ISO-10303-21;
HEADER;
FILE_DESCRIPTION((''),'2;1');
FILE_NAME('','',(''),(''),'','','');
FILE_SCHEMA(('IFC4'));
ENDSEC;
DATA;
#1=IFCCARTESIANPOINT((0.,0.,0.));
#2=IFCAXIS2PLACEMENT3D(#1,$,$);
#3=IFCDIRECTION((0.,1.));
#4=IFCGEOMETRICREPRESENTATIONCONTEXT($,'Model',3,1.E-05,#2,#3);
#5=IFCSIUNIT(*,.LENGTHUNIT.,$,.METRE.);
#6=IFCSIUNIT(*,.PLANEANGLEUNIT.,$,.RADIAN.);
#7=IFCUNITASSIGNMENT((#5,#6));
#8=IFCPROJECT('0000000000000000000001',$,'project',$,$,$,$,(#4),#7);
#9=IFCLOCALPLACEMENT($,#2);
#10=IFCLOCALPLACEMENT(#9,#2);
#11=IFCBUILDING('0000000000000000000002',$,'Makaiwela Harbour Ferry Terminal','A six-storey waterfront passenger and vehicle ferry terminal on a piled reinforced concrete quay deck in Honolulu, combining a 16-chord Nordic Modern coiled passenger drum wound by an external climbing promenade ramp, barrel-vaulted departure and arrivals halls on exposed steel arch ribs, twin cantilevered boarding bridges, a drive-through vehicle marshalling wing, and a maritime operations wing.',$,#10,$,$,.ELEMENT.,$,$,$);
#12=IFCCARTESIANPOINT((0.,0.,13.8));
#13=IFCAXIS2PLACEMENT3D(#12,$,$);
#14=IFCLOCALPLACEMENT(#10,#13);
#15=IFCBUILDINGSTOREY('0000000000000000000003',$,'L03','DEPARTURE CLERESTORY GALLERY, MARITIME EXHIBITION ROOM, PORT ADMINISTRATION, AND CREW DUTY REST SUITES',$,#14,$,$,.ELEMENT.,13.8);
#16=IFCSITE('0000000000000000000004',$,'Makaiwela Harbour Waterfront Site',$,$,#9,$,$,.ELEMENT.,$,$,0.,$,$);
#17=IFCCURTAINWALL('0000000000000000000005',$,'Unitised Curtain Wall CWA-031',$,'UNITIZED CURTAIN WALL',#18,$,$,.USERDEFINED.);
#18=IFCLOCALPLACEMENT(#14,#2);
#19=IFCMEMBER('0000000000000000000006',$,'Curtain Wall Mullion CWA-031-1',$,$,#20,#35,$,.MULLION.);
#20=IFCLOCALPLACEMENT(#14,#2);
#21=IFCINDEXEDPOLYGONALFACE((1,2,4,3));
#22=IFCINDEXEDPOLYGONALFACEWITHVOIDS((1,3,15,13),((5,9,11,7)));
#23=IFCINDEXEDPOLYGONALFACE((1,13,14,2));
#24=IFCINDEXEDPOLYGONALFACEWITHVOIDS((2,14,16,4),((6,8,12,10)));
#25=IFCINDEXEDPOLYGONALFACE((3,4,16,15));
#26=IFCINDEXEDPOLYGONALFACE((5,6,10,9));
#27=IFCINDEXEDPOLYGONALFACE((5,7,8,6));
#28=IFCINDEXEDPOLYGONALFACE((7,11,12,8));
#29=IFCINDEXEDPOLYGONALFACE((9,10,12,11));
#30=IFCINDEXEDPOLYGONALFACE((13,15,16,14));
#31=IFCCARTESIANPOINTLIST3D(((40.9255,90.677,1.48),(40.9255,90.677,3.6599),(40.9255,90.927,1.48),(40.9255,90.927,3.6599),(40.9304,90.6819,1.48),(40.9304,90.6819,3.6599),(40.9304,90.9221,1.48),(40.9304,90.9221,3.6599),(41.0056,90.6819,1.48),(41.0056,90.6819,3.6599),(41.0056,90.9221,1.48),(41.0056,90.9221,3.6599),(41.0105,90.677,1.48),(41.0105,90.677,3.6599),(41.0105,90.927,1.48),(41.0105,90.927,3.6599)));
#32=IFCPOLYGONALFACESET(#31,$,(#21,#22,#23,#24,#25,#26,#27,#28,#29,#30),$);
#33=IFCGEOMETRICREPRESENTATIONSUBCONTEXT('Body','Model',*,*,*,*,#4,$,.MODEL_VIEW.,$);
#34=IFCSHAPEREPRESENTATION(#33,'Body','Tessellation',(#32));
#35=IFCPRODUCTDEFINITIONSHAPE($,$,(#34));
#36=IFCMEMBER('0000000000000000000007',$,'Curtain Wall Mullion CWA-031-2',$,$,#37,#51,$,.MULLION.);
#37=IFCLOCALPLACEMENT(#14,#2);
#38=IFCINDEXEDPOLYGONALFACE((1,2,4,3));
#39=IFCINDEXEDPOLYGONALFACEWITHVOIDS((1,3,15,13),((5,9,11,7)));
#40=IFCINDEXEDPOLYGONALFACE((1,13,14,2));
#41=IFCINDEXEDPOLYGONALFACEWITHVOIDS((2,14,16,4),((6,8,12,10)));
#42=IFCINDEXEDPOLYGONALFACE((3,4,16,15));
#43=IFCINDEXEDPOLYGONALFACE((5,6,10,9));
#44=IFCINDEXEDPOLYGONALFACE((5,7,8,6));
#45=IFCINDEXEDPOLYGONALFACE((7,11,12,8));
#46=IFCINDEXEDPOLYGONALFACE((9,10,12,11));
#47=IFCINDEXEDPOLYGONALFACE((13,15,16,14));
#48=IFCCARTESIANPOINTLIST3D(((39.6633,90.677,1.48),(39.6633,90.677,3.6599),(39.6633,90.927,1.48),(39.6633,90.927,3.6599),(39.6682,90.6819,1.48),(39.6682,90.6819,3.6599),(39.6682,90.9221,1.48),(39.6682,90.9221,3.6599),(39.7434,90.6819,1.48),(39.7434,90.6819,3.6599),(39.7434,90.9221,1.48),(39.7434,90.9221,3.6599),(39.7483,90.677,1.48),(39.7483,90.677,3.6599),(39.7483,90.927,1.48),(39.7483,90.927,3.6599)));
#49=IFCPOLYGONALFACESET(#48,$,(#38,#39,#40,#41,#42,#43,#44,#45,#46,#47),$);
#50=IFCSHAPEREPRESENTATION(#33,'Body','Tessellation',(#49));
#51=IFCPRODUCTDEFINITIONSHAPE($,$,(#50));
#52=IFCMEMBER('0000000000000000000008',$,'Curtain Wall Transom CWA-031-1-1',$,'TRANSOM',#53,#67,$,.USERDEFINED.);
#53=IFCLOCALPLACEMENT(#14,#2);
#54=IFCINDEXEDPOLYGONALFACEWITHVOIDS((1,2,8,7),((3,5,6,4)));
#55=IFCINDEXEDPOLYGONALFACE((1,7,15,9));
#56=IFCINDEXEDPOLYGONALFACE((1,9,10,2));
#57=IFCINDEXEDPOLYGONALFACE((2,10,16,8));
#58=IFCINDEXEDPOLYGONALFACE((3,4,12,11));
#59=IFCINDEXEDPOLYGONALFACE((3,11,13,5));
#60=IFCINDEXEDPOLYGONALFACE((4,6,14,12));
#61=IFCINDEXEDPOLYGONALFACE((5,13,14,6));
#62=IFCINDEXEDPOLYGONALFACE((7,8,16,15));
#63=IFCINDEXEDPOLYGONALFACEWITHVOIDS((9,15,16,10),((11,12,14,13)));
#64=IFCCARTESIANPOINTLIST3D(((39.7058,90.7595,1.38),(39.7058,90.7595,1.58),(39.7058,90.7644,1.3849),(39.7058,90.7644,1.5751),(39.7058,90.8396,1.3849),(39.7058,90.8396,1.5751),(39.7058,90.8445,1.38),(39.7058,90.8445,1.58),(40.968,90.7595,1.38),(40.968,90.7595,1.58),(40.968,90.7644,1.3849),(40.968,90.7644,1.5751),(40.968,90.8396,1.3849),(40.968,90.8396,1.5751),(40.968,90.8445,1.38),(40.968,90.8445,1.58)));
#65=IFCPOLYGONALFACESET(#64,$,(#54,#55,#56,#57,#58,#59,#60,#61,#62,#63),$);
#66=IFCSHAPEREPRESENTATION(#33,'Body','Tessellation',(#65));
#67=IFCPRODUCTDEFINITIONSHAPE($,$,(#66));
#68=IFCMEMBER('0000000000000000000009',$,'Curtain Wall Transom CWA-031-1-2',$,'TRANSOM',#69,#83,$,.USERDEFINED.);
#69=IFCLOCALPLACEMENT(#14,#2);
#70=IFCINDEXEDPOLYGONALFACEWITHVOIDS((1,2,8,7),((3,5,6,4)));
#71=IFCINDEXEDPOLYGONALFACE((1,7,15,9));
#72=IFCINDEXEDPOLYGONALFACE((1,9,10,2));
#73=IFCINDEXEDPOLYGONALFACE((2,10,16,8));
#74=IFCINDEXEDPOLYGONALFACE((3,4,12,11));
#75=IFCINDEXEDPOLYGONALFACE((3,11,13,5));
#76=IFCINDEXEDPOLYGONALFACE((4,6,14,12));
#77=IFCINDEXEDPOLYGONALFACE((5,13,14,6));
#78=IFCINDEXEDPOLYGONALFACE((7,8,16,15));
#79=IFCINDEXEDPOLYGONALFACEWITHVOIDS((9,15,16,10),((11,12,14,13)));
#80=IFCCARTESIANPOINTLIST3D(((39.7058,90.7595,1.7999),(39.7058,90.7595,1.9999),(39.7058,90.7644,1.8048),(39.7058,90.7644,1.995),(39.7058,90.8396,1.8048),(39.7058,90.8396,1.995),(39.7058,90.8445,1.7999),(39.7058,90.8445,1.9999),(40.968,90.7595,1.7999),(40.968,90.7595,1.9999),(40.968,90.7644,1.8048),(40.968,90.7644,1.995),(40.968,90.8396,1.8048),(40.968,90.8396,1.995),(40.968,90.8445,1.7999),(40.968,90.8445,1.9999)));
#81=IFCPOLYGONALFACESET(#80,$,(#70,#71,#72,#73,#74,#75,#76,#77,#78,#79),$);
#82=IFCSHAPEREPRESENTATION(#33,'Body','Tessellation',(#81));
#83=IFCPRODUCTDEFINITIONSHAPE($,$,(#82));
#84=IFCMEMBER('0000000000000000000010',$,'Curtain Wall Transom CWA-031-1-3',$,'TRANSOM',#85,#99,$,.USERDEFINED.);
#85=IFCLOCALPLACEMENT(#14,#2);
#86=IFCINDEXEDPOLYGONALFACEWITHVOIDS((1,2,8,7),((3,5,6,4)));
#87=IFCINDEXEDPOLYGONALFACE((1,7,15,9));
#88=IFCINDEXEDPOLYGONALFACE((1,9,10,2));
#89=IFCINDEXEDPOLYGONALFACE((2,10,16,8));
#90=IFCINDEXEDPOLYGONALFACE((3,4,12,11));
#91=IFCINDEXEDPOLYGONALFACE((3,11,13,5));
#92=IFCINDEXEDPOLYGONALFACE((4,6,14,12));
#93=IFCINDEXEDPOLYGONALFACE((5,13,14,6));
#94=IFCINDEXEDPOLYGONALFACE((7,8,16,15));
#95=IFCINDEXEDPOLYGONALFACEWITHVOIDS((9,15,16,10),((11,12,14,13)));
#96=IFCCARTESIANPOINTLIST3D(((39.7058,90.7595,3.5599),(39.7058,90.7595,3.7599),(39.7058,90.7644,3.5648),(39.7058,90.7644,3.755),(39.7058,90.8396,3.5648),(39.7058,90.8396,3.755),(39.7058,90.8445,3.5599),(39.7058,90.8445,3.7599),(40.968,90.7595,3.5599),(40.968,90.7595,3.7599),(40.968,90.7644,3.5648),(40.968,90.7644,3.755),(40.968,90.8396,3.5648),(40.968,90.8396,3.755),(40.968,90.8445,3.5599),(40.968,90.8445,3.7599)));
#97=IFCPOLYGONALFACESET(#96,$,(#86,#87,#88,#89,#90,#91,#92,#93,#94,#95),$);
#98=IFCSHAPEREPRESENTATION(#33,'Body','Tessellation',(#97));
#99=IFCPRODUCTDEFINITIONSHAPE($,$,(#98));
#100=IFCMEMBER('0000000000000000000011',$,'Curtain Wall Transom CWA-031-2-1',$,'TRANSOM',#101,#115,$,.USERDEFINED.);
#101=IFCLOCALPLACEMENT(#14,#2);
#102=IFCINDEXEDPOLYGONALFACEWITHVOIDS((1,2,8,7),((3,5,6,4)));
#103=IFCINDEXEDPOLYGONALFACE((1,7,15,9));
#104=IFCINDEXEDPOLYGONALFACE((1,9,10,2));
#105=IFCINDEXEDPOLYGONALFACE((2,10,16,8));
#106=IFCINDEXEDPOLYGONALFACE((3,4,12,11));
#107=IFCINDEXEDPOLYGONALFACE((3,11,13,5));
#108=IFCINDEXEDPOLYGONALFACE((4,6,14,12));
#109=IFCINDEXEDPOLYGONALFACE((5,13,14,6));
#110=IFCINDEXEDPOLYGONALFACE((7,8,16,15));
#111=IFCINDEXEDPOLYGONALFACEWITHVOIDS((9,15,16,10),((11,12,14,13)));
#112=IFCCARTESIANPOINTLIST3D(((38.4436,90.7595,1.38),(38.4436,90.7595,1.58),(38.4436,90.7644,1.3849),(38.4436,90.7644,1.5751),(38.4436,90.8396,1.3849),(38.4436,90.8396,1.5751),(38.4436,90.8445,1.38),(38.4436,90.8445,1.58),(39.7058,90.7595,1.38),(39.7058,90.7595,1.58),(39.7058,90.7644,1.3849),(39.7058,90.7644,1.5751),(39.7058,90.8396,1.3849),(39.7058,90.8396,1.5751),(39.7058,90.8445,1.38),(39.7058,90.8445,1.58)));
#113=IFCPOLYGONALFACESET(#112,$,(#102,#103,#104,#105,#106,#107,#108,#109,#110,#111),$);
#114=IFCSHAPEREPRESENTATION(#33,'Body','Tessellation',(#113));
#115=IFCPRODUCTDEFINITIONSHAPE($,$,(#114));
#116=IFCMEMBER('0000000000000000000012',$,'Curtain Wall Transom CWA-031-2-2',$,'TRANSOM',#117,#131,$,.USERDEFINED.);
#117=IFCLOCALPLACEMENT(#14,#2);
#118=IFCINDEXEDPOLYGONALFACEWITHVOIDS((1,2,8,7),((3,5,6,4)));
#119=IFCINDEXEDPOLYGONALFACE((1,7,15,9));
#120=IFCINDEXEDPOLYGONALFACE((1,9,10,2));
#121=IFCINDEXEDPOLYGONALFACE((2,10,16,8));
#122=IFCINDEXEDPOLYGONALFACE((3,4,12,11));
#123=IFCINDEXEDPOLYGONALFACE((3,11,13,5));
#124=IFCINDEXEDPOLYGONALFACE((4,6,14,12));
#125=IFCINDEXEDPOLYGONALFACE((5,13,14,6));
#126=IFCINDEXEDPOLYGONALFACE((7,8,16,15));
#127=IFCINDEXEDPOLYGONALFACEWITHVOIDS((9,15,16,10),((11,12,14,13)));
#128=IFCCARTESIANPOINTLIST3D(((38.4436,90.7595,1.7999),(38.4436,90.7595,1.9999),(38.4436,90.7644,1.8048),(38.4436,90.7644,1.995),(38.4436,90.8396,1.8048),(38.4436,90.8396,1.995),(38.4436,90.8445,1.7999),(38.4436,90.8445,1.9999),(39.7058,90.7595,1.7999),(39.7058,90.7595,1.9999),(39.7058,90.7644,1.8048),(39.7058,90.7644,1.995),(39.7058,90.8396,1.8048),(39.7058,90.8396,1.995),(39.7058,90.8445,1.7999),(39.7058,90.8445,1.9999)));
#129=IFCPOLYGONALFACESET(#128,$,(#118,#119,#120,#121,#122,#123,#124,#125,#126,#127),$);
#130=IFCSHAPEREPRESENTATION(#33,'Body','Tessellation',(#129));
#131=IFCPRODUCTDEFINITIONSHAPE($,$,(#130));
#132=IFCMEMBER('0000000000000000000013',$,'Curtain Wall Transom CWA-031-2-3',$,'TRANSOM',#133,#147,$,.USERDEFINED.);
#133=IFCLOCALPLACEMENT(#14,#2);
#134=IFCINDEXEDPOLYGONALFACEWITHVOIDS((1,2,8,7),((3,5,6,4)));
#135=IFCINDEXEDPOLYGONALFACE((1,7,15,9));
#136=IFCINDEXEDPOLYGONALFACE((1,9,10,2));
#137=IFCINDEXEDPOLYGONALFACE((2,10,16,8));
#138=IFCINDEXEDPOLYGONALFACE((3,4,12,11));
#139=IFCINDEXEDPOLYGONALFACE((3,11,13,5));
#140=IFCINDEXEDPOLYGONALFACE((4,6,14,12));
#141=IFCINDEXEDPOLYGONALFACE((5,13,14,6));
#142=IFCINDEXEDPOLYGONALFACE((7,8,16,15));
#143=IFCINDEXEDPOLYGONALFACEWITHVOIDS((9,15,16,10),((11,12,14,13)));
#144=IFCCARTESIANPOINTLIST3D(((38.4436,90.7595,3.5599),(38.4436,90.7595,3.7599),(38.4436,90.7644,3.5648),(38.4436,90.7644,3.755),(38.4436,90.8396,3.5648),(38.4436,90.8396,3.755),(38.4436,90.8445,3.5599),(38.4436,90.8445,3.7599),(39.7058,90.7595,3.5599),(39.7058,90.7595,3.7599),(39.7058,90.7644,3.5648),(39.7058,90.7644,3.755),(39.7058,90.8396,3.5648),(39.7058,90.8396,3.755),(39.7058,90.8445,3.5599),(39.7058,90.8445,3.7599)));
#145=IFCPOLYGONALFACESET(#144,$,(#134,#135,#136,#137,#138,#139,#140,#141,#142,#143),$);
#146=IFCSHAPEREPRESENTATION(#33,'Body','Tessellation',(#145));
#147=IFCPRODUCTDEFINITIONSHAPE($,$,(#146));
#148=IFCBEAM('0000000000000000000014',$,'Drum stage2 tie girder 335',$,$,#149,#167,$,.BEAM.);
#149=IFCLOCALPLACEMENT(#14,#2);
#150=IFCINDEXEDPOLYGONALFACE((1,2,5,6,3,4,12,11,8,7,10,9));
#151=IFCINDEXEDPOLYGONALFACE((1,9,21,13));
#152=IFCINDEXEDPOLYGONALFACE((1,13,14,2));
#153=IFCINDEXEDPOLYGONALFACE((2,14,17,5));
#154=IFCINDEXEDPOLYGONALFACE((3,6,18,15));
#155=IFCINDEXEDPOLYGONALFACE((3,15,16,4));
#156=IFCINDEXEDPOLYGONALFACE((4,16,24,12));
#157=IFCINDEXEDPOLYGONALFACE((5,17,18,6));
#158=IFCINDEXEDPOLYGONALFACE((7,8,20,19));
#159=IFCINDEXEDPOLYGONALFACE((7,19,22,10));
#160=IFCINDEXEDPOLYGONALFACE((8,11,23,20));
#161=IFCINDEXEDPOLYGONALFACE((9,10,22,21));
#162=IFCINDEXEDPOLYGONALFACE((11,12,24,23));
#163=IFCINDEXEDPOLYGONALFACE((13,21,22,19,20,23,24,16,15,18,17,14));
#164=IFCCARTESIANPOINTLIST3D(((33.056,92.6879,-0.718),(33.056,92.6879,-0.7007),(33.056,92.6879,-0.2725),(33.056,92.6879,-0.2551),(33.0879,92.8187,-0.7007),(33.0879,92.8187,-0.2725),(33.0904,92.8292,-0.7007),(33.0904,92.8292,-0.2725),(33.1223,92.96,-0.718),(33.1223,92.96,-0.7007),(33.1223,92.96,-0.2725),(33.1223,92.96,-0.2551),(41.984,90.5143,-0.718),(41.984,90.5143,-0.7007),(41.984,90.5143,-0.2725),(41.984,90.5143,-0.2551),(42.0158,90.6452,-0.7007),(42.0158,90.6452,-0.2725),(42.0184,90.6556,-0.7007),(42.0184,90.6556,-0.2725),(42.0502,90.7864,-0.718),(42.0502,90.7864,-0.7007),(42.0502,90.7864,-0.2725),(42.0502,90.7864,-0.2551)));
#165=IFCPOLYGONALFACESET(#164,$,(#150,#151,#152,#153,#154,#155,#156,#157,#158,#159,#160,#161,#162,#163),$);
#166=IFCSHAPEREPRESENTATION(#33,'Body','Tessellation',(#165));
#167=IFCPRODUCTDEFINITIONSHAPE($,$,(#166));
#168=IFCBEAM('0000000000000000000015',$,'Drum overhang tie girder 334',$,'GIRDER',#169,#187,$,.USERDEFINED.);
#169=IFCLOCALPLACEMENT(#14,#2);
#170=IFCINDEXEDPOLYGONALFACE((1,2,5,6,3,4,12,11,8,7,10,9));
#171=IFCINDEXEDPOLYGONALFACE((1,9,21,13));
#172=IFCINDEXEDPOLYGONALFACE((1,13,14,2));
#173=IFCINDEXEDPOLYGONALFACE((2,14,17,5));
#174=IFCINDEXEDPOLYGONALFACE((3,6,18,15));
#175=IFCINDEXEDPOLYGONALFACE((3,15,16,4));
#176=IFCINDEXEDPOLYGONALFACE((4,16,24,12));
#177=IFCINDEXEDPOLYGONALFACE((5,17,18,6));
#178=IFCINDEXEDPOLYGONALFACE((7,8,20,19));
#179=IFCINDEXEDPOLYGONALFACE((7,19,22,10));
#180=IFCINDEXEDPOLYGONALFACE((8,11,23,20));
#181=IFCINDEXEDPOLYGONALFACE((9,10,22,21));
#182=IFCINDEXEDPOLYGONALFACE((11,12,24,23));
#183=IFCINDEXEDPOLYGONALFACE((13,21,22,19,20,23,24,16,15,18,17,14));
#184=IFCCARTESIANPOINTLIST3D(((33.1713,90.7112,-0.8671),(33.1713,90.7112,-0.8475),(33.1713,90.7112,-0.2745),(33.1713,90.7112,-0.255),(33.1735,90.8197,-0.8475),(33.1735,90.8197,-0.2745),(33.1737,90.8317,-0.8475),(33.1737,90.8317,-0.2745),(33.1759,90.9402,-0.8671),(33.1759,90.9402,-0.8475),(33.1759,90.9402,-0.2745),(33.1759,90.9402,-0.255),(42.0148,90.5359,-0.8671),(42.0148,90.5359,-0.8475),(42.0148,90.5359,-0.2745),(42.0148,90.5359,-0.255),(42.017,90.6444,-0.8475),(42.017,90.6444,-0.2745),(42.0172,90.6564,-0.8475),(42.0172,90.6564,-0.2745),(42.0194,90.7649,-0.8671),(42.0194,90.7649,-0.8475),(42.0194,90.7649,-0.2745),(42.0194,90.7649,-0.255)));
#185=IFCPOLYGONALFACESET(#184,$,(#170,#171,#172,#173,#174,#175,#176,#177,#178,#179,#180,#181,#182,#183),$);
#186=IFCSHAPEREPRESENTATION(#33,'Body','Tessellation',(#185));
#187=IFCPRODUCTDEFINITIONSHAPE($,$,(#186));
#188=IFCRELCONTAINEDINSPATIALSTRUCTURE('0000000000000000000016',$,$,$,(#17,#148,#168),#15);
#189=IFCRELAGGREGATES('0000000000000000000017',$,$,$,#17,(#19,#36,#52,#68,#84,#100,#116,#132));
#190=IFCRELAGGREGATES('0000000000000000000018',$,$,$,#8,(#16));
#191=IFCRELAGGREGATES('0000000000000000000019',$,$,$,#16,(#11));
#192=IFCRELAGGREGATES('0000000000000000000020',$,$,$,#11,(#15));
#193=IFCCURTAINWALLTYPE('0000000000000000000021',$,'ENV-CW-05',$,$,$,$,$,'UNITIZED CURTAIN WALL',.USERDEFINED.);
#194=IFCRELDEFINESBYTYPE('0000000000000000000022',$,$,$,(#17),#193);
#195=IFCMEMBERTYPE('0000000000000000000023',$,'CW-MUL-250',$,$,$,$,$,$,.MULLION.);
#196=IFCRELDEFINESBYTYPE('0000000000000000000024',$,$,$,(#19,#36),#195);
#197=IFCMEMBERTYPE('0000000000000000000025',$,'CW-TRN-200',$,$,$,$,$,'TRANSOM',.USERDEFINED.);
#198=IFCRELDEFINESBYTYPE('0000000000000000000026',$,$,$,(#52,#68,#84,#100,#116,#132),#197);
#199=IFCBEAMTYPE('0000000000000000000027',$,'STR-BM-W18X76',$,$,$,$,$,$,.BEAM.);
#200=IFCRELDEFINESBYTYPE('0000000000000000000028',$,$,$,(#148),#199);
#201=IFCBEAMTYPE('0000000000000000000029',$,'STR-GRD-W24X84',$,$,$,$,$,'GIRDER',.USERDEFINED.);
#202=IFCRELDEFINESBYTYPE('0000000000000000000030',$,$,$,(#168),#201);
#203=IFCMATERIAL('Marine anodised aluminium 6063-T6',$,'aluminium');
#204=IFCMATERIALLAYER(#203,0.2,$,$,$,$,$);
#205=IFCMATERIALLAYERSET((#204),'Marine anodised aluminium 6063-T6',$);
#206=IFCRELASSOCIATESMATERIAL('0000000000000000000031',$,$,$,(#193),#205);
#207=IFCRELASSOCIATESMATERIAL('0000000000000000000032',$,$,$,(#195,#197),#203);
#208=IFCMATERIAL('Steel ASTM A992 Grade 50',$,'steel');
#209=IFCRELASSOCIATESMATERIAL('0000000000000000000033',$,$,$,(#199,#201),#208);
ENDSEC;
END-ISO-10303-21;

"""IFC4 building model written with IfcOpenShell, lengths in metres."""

from ifc_helpers import new_model, si_unit, direction, frame, origin, origin_2d, place, context, subcontext, project, spatial, hollow_rectangle, i_section, extrude, material, layer, layer_set, material_profile, profile_set, type_object, element, aggregate, save


model = new_model("IFC4")

# Units and contexts
model_context = context("Model", 3, precision=1e-05, world=origin(), true_north=direction((0.0, 1.0)))
body_context = subcontext(model_context, "Body", "Model", "MODEL_VIEW")
ifc_project = project(units=[si_unit("LENGTHUNIT", "METRE"), si_unit("PLANEANGLEUNIT", "RADIAN")], contexts=[model_context])

# Site, building, storey
site_placement = place(None, origin())
site = spatial("IfcSite", under=ifc_project, at=site_placement, Name="Makaiwela Harbour Waterfront Site", CompositionType="ELEMENT", RefElevation=0.0)
building_placement = place(site_placement, origin())
building = spatial("IfcBuilding", under=site, at=building_placement, Name="Makaiwela Harbour Ferry Terminal", Description="A six-storey waterfront passenger and vehicle ferry terminal on a piled reinforced concrete quay deck in Honolulu, combining a 16-chord Nordic Modern coiled passenger drum wound by an external climbing promenade ramp, barrel-vaulted departure and arrivals halls on exposed steel arch ribs, twin cantilevered boarding bridges, a drive-through vehicle marshalling wing, and a maritime operations wing.", CompositionType="ELEMENT")
storey_placement = place(building_placement, frame((0.0, 0.0, 13.8)))
storey = spatial("IfcBuildingStorey", under=building, at=storey_placement, Name="L03", Description="DEPARTURE CLERESTORY GALLERY, MARITIME EXHIBITION ROOM, PORT ADMINISTRATION, AND CREW DUTY REST SUITES", CompositionType="ELEMENT", Elevation=13.8)

# Curtain wall, members
ifc_material_1 = material(Name="Marine anodised aluminium 6063-T6", Category="aluminium")
ifc_layer_1 = layer(ifc_material_1, 0.2)
ifc_layer_set_1 = layer_set([ifc_layer_1], Name="Marine anodised aluminium 6063-T6")
curtain_wall_type = type_object("IfcCurtainWallType", Name="ENV-CW-05", ElementType="UNITIZED CURTAIN WALL", PredefinedType="USERDEFINED", material=ifc_layer_set_1)
curtain_wall_placement = place(storey_placement, origin())
curtain_wall = element("IfcCurtainWall", 1, at=curtain_wall_placement, inside=storey, type_object=curtain_wall_type, Name="Unitised Curtain Wall CWA-031", ObjectType="UNITIZED CURTAIN WALL", PredefinedType="USERDEFINED")
ifc_material_profile_1 = material_profile(ifc_material_1, hollow_rectangle(XDim=0.085, YDim=0.25, WallThickness=0.0049, at=origin_2d()), Name="CWM-250X85")
ifc_profile_set_1 = profile_set([ifc_material_profile_1], Name="Marine anodised aluminium 6063-T6")
member_type_1 = type_object("IfcMemberType", Name="CW-MUL-250", PredefinedType="MULLION", material=ifc_profile_set_1)
member_1_placement = place(storey_placement, frame((40.968, 90.802, 1.48), z_axis=(0.0, 0.0, 1.0), x_axis=(1.0, 0.0, 0.0)))
member_1 = element("IfcMember", 2, at=member_1_placement, type_object=member_type_1, Name="Curtain Wall Mullion CWA-031-1", PredefinedType="MULLION", context=body_context, shape_type="SweptSolid", body=[
    extrude(hollow_rectangle(XDim=0.085, YDim=0.25, WallThickness=0.0049, at=origin_2d()), origin(), (0.0, 0.0, 1.0), 2.1799),
])
member_2_placement = place(storey_placement, frame((39.7058, 90.802, 1.48), z_axis=(0.0, 0.0, 1.0), x_axis=(1.0, 0.0, 0.0)))
member_2 = element("IfcMember", 3, at=member_2_placement, type_object=member_type_1, Name="Curtain Wall Mullion CWA-031-2", PredefinedType="MULLION", context=body_context, shape_type="SweptSolid", body=[
    extrude(hollow_rectangle(XDim=0.085, YDim=0.25, WallThickness=0.0049, at=origin_2d()), origin(), (0.0, 0.0, 1.0), 2.1799),
])
ifc_material_profile_2 = material_profile(ifc_material_1, hollow_rectangle(XDim=0.085, YDim=0.2, WallThickness=0.0049, at=origin_2d()), Name="CWT-200X85")
ifc_profile_set_2 = profile_set([ifc_material_profile_2], Name="Marine anodised aluminium 6063-T6")
member_type_2 = type_object("IfcMemberType", Name="CW-TRN-200", ElementType="TRANSOM", PredefinedType="USERDEFINED", material=ifc_profile_set_2)
member_3_placement = place(storey_placement, frame((40.968, 90.802, 1.48), z_axis=(-1.0, 0.0, 0.0), x_axis=(0.0, -1.0, 0.0)))
member_3 = element("IfcMember", 4, at=member_3_placement, type_object=member_type_2, Name="Curtain Wall Transom CWA-031-1-1", ObjectType="TRANSOM", PredefinedType="USERDEFINED", context=body_context, shape_type="SweptSolid", body=[
    extrude(hollow_rectangle(XDim=0.085, YDim=0.2, WallThickness=0.0049, at=origin_2d()), origin(), (0.0, 0.0, 1.0), 1.2622),
])
member_4_placement = place(storey_placement, frame((40.968, 90.802, 1.8999), z_axis=(-1.0, 0.0, 0.0), x_axis=(0.0, -1.0, 0.0)))
member_4 = element("IfcMember", 5, at=member_4_placement, type_object=member_type_2, Name="Curtain Wall Transom CWA-031-1-2", ObjectType="TRANSOM", PredefinedType="USERDEFINED", context=body_context, shape_type="SweptSolid", body=[
    extrude(hollow_rectangle(XDim=0.085, YDim=0.2, WallThickness=0.0049, at=origin_2d()), origin(), (0.0, 0.0, 1.0), 1.2622),
])
member_5_placement = place(storey_placement, frame((40.968, 90.802, 3.6599), z_axis=(-1.0, 0.0, 0.0), x_axis=(0.0, -1.0, 0.0)))
member_5 = element("IfcMember", 6, at=member_5_placement, type_object=member_type_2, Name="Curtain Wall Transom CWA-031-1-3", ObjectType="TRANSOM", PredefinedType="USERDEFINED", context=body_context, shape_type="SweptSolid", body=[
    extrude(hollow_rectangle(XDim=0.085, YDim=0.2, WallThickness=0.0049, at=origin_2d()), origin(), (0.0, 0.0, 1.0), 1.2622),
])
member_6_placement = place(storey_placement, frame((39.7058, 90.802, 1.48), z_axis=(-1.0, 0.0, 0.0), x_axis=(0.0, -1.0, 0.0)))
member_6 = element("IfcMember", 7, at=member_6_placement, type_object=member_type_2, Name="Curtain Wall Transom CWA-031-2-1", ObjectType="TRANSOM", PredefinedType="USERDEFINED", context=body_context, shape_type="SweptSolid", body=[
    extrude(hollow_rectangle(XDim=0.085, YDim=0.2, WallThickness=0.0049, at=origin_2d()), origin(), (0.0, 0.0, 1.0), 1.2622),
])
member_7_placement = place(storey_placement, frame((39.7058, 90.802, 1.8999), z_axis=(-1.0, 0.0, 0.0), x_axis=(0.0, -1.0, 0.0)))
member_7 = element("IfcMember", 8, at=member_7_placement, type_object=member_type_2, Name="Curtain Wall Transom CWA-031-2-2", ObjectType="TRANSOM", PredefinedType="USERDEFINED", context=body_context, shape_type="SweptSolid", body=[
    extrude(hollow_rectangle(XDim=0.085, YDim=0.2, WallThickness=0.0049, at=origin_2d()), origin(), (0.0, 0.0, 1.0), 1.2622),
])
member_8_placement = place(storey_placement, frame((39.7058, 90.802, 3.6599), z_axis=(-1.0, 0.0, 0.0), x_axis=(0.0, -1.0, 0.0)))
member_8 = element("IfcMember", 9, at=member_8_placement, type_object=member_type_2, Name="Curtain Wall Transom CWA-031-2-3", ObjectType="TRANSOM", PredefinedType="USERDEFINED", context=body_context, shape_type="SweptSolid", body=[
    extrude(hollow_rectangle(XDim=0.085, YDim=0.2, WallThickness=0.0049, at=origin_2d()), origin(), (0.0, 0.0, 1.0), 1.2622),
])

# Beams
ifc_material_2 = material(Name="Steel ASTM A992 Grade 50", Category="steel")
ifc_material_profile_3 = material_profile(ifc_material_2, i_section(OverallWidth=0.28, OverallDepth=0.4629, WebThickness=0.0107, FlangeThickness=0.0173, at=origin_2d()), Name="W18X76")
ifc_profile_set_3 = profile_set([ifc_material_profile_3], Name="Steel ASTM A992 Grade 50")
beam_type_1 = type_object("IfcBeamType", Name="STR-BM-W18X76", PredefinedType="BEAM", material=ifc_profile_set_3)
beam_1_placement = place(storey_placement, frame((42.0171, 90.6504, -0.4866), z_axis=(-0.97162, 0.236548, 0.0), x_axis=(-0.236548, -0.97162, 0.0)))
element("IfcBeam", 10, at=beam_1_placement, inside=storey, type_object=beam_type_1, Name="Drum stage2 tie girder 335", PredefinedType="BEAM", context=body_context, shape_type="SweptSolid", body=[
    extrude(i_section(OverallWidth=0.28, OverallDepth=0.4629, WebThickness=0.0107, FlangeThickness=0.0173, at=origin_2d()), origin(), (0.0, 0.0, 1.0), 9.1887),
])
ifc_material_profile_4 = material_profile(ifc_material_2, i_section(OverallWidth=0.229, OverallDepth=0.6121, WebThickness=0.012, FlangeThickness=0.0195, at=origin_2d()), Name="W24X84")
ifc_profile_set_4 = profile_set([ifc_material_profile_4], Name="Steel ASTM A992 Grade 50")
beam_type_2 = type_object("IfcBeamType", Name="STR-GRD-W24X84", ElementType="GIRDER", PredefinedType="USERDEFINED", material=ifc_profile_set_4)
beam_2_placement = place(storey_placement, frame((42.0171, 90.6504, -0.561), z_axis=(-0.999804, 0.019818, 0.0), x_axis=(-0.019818, -0.999804, 0.0)))
element("IfcBeam", 11, at=beam_2_placement, inside=storey, type_object=beam_type_2, Name="Drum overhang tie girder 334", ObjectType="GIRDER", PredefinedType="USERDEFINED", context=body_context, shape_type="SweptSolid", body=[
    extrude(i_section(OverallWidth=0.229, OverallDepth=0.6121, WebThickness=0.012, FlangeThickness=0.0195, at=origin_2d()), origin(), (0.0, 0.0, 1.0), 8.8452),
])

aggregate(curtain_wall, [member_1, member_2, member_3, member_4, member_5, member_6, member_7, member_8])

save(model, "model.ifc")
